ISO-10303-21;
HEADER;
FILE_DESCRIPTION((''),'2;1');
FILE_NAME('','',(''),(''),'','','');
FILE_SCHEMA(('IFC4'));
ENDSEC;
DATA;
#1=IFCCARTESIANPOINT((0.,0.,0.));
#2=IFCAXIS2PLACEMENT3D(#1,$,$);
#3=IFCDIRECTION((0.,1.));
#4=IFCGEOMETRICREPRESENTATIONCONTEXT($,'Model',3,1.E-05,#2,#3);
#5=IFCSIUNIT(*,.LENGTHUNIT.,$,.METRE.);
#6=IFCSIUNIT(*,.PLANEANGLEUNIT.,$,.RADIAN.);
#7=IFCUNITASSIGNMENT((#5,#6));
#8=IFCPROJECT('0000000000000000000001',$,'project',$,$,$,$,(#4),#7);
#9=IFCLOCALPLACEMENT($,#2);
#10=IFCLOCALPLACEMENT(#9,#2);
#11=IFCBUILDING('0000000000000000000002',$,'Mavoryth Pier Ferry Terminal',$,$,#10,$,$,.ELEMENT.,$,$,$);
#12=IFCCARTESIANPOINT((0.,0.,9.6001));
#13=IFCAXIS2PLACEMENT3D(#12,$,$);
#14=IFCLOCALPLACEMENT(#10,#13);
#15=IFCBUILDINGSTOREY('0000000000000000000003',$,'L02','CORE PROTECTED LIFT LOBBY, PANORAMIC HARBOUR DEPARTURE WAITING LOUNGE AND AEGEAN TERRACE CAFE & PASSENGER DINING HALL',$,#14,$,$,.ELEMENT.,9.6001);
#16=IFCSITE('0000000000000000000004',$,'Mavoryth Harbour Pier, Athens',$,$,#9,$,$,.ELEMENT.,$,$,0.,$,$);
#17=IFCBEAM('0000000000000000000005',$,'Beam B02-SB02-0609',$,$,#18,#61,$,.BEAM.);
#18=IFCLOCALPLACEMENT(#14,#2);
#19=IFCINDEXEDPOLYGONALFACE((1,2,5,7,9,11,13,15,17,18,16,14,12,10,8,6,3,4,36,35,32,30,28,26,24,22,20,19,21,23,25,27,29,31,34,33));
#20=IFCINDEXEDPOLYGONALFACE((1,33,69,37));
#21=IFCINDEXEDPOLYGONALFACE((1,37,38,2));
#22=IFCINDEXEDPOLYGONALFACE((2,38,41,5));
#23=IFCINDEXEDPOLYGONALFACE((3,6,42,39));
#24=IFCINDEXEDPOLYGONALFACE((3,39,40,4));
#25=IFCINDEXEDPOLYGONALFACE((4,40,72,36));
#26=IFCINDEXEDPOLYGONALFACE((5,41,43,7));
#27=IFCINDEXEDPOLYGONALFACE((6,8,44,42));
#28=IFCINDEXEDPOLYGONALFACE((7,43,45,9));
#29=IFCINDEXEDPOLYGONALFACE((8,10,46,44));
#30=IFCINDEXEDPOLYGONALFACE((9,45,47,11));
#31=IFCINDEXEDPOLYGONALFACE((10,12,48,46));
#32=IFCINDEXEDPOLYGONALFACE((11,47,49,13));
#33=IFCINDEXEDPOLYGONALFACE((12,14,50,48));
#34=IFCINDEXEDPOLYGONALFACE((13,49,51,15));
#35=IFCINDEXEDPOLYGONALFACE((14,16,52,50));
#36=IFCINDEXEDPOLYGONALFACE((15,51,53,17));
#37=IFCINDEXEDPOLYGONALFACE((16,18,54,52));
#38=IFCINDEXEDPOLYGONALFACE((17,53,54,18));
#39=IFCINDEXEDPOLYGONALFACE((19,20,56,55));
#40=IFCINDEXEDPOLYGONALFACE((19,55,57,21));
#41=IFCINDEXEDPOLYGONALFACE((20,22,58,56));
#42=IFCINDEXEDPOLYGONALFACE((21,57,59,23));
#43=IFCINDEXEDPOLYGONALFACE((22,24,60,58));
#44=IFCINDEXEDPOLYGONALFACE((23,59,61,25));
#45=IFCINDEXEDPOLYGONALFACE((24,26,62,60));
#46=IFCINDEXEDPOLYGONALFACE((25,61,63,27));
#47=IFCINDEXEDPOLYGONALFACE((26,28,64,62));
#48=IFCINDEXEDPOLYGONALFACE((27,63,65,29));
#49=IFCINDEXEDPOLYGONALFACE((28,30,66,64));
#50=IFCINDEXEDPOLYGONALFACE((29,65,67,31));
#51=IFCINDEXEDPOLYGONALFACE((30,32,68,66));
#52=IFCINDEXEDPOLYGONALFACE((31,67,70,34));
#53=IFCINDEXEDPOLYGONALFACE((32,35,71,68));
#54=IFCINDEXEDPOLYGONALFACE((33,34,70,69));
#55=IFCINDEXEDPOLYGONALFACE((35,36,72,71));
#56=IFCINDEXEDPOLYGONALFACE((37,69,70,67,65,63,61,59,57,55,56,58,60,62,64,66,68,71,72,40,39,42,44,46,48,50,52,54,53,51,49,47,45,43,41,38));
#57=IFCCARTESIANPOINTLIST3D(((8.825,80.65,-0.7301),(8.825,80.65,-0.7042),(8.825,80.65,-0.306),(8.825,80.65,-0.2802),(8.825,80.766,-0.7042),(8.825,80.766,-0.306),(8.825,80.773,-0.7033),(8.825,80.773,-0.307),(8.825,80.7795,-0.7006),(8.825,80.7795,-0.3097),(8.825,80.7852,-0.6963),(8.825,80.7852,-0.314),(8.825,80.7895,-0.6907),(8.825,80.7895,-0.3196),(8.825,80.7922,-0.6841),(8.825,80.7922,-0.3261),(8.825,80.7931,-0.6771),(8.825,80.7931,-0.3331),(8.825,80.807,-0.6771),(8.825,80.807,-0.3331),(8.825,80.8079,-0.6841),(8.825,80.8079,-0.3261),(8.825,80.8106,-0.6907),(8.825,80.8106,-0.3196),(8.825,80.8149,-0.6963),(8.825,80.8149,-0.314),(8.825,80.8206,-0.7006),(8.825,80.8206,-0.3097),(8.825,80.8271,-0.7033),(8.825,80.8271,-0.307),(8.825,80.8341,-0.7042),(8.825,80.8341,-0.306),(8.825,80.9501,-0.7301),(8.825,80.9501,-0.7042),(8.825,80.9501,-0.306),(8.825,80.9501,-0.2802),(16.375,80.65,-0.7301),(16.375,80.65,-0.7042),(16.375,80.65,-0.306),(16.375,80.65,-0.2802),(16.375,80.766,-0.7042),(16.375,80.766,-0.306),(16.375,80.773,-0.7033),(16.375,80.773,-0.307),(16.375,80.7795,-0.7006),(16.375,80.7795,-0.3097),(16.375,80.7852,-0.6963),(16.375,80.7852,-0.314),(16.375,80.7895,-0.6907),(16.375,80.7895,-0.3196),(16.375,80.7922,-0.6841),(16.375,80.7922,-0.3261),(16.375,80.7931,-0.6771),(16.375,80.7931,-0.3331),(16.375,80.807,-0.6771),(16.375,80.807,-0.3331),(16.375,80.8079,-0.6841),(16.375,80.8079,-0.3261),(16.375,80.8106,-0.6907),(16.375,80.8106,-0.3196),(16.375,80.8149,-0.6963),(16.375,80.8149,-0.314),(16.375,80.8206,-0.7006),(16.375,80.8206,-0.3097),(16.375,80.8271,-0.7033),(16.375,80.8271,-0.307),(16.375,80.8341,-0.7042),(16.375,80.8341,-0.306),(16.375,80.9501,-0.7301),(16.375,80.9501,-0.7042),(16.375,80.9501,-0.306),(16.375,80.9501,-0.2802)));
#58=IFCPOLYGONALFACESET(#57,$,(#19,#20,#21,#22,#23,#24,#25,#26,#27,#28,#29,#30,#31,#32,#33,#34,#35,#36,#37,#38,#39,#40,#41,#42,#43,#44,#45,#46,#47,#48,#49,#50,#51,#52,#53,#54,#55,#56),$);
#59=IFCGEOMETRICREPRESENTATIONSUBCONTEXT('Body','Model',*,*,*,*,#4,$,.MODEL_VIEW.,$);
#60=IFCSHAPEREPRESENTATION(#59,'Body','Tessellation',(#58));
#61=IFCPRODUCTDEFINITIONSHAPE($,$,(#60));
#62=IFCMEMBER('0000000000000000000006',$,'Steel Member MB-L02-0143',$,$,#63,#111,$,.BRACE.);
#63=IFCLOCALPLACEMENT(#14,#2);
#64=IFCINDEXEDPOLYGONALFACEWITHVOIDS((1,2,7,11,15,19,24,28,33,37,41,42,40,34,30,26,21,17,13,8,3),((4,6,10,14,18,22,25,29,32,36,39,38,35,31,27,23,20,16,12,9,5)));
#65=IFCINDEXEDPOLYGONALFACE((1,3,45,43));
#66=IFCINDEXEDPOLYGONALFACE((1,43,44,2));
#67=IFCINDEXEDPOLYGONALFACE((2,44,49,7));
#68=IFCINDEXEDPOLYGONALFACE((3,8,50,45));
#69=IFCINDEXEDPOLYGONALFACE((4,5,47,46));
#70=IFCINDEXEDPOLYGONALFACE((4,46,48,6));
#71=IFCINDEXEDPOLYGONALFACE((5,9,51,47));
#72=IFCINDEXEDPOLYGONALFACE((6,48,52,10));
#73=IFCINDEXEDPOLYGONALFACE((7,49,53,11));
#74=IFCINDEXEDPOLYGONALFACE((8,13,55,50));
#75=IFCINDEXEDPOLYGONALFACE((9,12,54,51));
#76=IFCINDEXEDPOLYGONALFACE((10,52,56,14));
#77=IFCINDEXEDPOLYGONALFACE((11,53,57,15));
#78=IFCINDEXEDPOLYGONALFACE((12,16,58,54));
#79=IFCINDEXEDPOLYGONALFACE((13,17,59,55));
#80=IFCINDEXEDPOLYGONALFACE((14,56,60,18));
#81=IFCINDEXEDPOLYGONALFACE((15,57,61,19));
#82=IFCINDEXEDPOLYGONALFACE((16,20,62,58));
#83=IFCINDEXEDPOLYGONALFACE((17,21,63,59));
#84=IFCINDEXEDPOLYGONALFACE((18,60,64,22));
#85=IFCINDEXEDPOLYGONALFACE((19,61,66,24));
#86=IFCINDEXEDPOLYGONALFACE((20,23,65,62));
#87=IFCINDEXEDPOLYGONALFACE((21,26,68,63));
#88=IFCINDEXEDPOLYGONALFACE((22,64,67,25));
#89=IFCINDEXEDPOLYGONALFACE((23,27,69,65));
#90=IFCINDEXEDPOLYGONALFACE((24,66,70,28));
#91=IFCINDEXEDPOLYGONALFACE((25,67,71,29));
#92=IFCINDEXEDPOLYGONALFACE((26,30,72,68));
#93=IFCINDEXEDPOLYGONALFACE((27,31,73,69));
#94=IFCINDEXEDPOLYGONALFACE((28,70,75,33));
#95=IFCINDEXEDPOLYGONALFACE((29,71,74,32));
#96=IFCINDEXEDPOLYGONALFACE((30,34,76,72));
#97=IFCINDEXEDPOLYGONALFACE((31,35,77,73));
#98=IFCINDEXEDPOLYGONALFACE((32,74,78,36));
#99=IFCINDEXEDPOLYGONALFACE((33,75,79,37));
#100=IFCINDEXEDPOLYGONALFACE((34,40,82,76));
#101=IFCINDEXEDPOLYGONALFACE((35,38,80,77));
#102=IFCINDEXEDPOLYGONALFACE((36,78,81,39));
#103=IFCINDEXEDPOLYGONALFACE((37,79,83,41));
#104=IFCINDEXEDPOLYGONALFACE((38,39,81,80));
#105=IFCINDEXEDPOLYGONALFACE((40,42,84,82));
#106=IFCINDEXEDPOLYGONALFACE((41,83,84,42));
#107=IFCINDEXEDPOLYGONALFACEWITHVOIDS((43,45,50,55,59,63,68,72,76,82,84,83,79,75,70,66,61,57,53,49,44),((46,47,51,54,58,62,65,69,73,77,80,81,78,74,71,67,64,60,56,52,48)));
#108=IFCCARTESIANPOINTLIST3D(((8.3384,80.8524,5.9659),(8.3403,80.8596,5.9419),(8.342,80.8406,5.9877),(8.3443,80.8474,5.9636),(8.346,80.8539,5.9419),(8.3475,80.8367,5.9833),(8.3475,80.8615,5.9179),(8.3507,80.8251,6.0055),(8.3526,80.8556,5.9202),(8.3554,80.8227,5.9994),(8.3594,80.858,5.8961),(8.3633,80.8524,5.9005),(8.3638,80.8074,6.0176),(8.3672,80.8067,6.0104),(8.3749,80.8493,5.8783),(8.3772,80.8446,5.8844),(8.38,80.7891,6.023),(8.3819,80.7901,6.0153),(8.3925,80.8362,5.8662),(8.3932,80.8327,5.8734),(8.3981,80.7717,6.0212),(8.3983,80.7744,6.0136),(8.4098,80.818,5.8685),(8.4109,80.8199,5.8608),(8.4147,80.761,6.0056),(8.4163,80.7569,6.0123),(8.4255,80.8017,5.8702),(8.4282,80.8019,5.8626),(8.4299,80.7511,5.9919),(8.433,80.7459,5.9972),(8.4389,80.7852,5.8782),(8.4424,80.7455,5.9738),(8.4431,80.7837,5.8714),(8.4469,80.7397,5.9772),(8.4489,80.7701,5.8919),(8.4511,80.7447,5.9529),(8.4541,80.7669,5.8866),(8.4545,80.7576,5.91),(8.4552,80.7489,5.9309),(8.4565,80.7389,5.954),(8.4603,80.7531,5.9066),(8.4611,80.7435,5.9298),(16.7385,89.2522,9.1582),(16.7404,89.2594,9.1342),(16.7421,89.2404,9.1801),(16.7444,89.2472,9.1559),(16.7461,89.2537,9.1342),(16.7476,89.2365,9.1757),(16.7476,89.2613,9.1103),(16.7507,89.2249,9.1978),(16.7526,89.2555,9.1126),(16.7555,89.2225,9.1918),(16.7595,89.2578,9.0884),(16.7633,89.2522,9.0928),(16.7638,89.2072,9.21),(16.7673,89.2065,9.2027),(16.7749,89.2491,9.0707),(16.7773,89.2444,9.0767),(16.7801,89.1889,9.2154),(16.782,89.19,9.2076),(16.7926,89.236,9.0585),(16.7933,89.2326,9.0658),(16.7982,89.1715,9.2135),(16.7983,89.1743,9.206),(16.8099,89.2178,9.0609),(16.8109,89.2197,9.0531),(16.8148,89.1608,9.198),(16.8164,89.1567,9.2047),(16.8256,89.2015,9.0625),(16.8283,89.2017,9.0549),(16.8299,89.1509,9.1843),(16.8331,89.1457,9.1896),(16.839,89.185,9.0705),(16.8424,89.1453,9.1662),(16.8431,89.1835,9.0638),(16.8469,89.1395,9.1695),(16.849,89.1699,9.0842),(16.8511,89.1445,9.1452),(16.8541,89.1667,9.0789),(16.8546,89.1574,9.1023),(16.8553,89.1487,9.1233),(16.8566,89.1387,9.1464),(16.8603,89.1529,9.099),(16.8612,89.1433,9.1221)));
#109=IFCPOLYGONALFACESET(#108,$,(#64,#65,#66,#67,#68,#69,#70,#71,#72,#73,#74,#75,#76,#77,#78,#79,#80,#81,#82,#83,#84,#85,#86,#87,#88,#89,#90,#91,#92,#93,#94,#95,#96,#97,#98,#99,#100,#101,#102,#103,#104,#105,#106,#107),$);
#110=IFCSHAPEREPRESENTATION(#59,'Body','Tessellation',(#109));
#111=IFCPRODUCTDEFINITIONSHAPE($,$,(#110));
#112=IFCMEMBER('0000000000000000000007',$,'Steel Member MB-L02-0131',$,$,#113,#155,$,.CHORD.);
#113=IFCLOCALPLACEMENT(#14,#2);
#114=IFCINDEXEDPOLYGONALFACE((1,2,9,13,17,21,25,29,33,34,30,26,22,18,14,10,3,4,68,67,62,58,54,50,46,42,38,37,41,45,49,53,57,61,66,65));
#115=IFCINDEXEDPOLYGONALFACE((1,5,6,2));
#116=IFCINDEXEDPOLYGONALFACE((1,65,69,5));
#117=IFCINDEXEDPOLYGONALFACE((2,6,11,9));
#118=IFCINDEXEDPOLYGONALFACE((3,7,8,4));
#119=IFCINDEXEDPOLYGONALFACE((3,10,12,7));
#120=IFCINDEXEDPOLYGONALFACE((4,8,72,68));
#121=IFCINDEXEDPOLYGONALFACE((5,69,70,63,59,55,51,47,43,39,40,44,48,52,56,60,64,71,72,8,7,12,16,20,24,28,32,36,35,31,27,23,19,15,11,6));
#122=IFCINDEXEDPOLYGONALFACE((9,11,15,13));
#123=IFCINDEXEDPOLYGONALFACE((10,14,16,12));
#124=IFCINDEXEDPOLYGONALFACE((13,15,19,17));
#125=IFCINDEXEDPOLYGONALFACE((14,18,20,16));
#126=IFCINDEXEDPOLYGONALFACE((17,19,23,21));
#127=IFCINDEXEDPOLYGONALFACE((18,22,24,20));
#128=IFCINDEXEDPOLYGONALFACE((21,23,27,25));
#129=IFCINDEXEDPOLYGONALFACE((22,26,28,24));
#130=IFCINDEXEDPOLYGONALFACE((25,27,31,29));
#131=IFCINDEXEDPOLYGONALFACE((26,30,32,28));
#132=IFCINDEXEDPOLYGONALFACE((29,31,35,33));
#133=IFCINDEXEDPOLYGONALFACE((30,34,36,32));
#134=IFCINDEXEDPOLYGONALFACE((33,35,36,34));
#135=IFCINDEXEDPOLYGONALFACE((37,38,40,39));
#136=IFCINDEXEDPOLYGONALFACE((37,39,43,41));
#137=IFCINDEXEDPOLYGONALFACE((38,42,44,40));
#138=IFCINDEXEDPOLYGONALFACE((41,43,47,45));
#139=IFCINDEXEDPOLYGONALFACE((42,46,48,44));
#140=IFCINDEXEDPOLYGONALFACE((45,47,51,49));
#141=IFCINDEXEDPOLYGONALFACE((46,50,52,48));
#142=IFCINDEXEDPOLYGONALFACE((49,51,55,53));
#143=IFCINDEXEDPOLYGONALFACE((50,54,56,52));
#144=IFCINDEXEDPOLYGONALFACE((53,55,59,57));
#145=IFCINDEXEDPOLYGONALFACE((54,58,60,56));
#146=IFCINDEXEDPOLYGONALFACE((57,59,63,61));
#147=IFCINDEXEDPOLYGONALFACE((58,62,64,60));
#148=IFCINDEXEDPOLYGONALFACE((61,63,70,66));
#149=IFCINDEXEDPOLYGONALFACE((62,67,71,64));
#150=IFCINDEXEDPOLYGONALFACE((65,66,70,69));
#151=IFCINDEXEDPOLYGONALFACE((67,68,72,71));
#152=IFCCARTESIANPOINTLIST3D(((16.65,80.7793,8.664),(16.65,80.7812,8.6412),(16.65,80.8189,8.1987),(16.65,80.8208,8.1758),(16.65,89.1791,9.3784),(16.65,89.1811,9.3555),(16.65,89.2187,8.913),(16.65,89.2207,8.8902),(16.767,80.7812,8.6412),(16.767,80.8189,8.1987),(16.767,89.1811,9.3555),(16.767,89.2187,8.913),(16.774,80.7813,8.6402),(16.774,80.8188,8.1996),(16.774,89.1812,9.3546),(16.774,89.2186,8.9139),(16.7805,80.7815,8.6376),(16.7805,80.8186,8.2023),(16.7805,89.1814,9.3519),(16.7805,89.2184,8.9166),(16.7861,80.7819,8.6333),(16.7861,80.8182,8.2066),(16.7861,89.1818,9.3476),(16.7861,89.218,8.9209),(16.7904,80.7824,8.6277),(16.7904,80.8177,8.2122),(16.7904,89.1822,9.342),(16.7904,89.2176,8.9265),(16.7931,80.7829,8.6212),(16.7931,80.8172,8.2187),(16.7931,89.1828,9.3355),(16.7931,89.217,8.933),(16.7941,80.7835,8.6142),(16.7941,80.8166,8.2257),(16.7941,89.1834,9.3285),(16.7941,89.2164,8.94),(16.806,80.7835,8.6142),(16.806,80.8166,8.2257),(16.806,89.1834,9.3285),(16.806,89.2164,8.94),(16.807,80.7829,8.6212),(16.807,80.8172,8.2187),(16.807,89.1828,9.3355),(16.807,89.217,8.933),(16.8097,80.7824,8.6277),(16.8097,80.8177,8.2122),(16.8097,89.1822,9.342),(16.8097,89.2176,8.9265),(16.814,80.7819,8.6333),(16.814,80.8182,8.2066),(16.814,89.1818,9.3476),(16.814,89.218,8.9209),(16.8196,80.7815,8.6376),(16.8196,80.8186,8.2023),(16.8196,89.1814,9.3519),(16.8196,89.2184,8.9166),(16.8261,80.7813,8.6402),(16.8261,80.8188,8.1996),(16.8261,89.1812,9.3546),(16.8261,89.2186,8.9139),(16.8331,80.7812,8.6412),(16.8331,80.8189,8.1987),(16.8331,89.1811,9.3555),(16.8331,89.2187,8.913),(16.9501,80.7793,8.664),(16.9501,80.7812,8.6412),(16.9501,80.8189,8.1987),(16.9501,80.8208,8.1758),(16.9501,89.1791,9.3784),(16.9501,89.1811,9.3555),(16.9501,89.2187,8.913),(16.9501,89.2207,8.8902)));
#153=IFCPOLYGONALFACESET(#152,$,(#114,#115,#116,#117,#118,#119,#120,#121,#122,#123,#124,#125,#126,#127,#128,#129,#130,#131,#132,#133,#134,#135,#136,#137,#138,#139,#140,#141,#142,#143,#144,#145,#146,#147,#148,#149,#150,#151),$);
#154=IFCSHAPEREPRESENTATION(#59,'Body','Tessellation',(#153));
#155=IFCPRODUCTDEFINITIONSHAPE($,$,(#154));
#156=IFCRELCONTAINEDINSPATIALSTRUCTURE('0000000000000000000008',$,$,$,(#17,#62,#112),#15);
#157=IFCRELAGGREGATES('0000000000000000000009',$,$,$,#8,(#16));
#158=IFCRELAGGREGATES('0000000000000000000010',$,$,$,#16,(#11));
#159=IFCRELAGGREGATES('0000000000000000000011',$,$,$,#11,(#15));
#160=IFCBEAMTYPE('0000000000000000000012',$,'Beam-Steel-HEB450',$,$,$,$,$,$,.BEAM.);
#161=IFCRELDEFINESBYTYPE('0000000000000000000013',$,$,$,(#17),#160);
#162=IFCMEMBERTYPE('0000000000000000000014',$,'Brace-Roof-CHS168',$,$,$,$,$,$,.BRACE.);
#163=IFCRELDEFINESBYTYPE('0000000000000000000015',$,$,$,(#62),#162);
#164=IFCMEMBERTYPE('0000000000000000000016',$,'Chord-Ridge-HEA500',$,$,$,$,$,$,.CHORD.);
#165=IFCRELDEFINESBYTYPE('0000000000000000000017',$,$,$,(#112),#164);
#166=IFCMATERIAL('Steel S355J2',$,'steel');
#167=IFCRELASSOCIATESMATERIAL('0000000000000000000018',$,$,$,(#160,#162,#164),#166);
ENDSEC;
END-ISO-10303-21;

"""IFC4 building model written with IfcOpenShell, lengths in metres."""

from ifc_helpers import new_model, si_unit, direction, frame, origin, origin_2d, place, context, subcontext, project, spatial, hollow_circle, i_section, extrude, material, material_profile, profile_set, type_object, element, save


model = new_model("IFC4")

# Units and contexts
model_context = context("Model", 3, precision=1e-05, world=origin(), true_north=direction((0.0, 1.0)))
body_context = subcontext(model_context, "Body", "Model", "MODEL_VIEW")
ifc_project = project(units=[si_unit("LENGTHUNIT", "METRE"), si_unit("PLANEANGLEUNIT", "RADIAN")], contexts=[model_context])

# Site, building, storey
site_placement = place(None, origin())
site = spatial("IfcSite", under=ifc_project, at=site_placement, Name="Mavoryth Harbour Pier, Athens", CompositionType="ELEMENT", RefElevation=0.0)
building_placement = place(site_placement, origin())
building = spatial("IfcBuilding", under=site, at=building_placement, Name="Mavoryth Pier Ferry Terminal", CompositionType="ELEMENT")
storey_placement = place(building_placement, frame((0.0, 0.0, 9.6001)))
storey = spatial("IfcBuildingStorey", under=building, at=storey_placement, Name="L02", Description="CORE PROTECTED LIFT LOBBY, PANORAMIC HARBOUR DEPARTURE WAITING LOUNGE AND AEGEAN TERRACE CAFE & PASSENGER DINING HALL", CompositionType="ELEMENT", Elevation=9.6001)

# Beam
ifc_material_1 = material(Name="Steel S355J2", Category="steel")
ifc_material_profile_1 = material_profile(ifc_material_1, i_section(OverallWidth=0.3, OverallDepth=0.45, WebThickness=0.0139, FlangeThickness=0.0259, FilletRadius=0.0271, at=origin_2d()), Name="HEB 450", Category="steel")
ifc_profile_set_1 = profile_set([ifc_material_profile_1], Name="Steel S355J2 - HEB 450")
beam_type_1 = type_object("IfcBeamType", Name="Beam-Steel-HEB450", PredefinedType="BEAM", material=ifc_profile_set_1)
beam_placement = place(storey_placement, frame((8.825, 80.8, -0.5051), z_axis=(1.0, 0.0, 0.0), x_axis=(0.0, 1.0, 0.0)))
element("IfcBeam", 1, at=beam_placement, inside=storey, type_object=beam_type_1, Name="Beam B02-SB02-0609", PredefinedType="BEAM", context=body_context, shape_type="SweptSolid", body=[
    extrude(i_section(OverallWidth=0.3, OverallDepth=0.45, WebThickness=0.0139, FlangeThickness=0.0259, FilletRadius=0.0271, at=origin_2d()), origin(), (0.0, 0.0, 1.0), 7.55),
])

# Members
ifc_material_profile_2 = material_profile(ifc_material_1, hollow_circle(Radius=0.0842, WallThickness=0.0081, at=origin_2d()), Name="CHS 168.3x8.0", Category="steel")
ifc_profile_set_2 = profile_set([ifc_material_profile_2], Name="Steel S355J2 - CHS 168.3x8.0")
member_type_1 = type_object("IfcMemberType", Name="Brace-Roof-CHS168", PredefinedType="BRACE", material=ifc_profile_set_2)
member_1_placement = place(storey_placement, frame((8.3999, 80.8, 5.9419), z_axis=(0.682889, 0.682869, 0.259524), x_axis=(-0.707097, 0.707117, 0.0)))
element("IfcMember", 2, at=member_1_placement, inside=storey, type_object=member_type_1, Name="Steel Member MB-L02-0143", PredefinedType="BRACE", context=body_context, shape_type="SweptSolid", body=[
    extrude(hollow_circle(Radius=0.0842, WallThickness=0.0081, at=origin_2d()), origin(), (0.0, 0.0, 1.0), 12.3008),
])
ifc_material_profile_3 = material_profile(ifc_material_1, i_section(OverallWidth=0.3, OverallDepth=0.49, WebThickness=0.012, FlangeThickness=0.0229, FilletRadius=0.0271, at=origin_2d()), Name="HEA 500", Category="steel")
ifc_profile_set_3 = profile_set([ifc_material_profile_3], Name="Steel S355J2 - HEA 500")
member_type_2 = type_object("IfcMemberType", Name="Chord-Ridge-HEA500", PredefinedType="CHORD", material=ifc_profile_set_3)
member_2_placement = place(storey_placement, frame((16.8, 80.8, 8.4199), z_axis=(0.0, 0.996403, 0.084737), x_axis=(-1.0, 0.0, 0.0)))
element("IfcMember", 3, at=member_2_placement, inside=storey, type_object=member_type_2, Name="Steel Member MB-L02-0131", PredefinedType="CHORD", context=body_context, shape_type="SweptSolid", body=[
    extrude(i_section(OverallWidth=0.3, OverallDepth=0.49, WebThickness=0.012, FlangeThickness=0.0229, FilletRadius=0.0271, at=origin_2d()), origin(), (0.0, 0.0, 1.0), 8.4302),
])

save(model, "model.ifc")
